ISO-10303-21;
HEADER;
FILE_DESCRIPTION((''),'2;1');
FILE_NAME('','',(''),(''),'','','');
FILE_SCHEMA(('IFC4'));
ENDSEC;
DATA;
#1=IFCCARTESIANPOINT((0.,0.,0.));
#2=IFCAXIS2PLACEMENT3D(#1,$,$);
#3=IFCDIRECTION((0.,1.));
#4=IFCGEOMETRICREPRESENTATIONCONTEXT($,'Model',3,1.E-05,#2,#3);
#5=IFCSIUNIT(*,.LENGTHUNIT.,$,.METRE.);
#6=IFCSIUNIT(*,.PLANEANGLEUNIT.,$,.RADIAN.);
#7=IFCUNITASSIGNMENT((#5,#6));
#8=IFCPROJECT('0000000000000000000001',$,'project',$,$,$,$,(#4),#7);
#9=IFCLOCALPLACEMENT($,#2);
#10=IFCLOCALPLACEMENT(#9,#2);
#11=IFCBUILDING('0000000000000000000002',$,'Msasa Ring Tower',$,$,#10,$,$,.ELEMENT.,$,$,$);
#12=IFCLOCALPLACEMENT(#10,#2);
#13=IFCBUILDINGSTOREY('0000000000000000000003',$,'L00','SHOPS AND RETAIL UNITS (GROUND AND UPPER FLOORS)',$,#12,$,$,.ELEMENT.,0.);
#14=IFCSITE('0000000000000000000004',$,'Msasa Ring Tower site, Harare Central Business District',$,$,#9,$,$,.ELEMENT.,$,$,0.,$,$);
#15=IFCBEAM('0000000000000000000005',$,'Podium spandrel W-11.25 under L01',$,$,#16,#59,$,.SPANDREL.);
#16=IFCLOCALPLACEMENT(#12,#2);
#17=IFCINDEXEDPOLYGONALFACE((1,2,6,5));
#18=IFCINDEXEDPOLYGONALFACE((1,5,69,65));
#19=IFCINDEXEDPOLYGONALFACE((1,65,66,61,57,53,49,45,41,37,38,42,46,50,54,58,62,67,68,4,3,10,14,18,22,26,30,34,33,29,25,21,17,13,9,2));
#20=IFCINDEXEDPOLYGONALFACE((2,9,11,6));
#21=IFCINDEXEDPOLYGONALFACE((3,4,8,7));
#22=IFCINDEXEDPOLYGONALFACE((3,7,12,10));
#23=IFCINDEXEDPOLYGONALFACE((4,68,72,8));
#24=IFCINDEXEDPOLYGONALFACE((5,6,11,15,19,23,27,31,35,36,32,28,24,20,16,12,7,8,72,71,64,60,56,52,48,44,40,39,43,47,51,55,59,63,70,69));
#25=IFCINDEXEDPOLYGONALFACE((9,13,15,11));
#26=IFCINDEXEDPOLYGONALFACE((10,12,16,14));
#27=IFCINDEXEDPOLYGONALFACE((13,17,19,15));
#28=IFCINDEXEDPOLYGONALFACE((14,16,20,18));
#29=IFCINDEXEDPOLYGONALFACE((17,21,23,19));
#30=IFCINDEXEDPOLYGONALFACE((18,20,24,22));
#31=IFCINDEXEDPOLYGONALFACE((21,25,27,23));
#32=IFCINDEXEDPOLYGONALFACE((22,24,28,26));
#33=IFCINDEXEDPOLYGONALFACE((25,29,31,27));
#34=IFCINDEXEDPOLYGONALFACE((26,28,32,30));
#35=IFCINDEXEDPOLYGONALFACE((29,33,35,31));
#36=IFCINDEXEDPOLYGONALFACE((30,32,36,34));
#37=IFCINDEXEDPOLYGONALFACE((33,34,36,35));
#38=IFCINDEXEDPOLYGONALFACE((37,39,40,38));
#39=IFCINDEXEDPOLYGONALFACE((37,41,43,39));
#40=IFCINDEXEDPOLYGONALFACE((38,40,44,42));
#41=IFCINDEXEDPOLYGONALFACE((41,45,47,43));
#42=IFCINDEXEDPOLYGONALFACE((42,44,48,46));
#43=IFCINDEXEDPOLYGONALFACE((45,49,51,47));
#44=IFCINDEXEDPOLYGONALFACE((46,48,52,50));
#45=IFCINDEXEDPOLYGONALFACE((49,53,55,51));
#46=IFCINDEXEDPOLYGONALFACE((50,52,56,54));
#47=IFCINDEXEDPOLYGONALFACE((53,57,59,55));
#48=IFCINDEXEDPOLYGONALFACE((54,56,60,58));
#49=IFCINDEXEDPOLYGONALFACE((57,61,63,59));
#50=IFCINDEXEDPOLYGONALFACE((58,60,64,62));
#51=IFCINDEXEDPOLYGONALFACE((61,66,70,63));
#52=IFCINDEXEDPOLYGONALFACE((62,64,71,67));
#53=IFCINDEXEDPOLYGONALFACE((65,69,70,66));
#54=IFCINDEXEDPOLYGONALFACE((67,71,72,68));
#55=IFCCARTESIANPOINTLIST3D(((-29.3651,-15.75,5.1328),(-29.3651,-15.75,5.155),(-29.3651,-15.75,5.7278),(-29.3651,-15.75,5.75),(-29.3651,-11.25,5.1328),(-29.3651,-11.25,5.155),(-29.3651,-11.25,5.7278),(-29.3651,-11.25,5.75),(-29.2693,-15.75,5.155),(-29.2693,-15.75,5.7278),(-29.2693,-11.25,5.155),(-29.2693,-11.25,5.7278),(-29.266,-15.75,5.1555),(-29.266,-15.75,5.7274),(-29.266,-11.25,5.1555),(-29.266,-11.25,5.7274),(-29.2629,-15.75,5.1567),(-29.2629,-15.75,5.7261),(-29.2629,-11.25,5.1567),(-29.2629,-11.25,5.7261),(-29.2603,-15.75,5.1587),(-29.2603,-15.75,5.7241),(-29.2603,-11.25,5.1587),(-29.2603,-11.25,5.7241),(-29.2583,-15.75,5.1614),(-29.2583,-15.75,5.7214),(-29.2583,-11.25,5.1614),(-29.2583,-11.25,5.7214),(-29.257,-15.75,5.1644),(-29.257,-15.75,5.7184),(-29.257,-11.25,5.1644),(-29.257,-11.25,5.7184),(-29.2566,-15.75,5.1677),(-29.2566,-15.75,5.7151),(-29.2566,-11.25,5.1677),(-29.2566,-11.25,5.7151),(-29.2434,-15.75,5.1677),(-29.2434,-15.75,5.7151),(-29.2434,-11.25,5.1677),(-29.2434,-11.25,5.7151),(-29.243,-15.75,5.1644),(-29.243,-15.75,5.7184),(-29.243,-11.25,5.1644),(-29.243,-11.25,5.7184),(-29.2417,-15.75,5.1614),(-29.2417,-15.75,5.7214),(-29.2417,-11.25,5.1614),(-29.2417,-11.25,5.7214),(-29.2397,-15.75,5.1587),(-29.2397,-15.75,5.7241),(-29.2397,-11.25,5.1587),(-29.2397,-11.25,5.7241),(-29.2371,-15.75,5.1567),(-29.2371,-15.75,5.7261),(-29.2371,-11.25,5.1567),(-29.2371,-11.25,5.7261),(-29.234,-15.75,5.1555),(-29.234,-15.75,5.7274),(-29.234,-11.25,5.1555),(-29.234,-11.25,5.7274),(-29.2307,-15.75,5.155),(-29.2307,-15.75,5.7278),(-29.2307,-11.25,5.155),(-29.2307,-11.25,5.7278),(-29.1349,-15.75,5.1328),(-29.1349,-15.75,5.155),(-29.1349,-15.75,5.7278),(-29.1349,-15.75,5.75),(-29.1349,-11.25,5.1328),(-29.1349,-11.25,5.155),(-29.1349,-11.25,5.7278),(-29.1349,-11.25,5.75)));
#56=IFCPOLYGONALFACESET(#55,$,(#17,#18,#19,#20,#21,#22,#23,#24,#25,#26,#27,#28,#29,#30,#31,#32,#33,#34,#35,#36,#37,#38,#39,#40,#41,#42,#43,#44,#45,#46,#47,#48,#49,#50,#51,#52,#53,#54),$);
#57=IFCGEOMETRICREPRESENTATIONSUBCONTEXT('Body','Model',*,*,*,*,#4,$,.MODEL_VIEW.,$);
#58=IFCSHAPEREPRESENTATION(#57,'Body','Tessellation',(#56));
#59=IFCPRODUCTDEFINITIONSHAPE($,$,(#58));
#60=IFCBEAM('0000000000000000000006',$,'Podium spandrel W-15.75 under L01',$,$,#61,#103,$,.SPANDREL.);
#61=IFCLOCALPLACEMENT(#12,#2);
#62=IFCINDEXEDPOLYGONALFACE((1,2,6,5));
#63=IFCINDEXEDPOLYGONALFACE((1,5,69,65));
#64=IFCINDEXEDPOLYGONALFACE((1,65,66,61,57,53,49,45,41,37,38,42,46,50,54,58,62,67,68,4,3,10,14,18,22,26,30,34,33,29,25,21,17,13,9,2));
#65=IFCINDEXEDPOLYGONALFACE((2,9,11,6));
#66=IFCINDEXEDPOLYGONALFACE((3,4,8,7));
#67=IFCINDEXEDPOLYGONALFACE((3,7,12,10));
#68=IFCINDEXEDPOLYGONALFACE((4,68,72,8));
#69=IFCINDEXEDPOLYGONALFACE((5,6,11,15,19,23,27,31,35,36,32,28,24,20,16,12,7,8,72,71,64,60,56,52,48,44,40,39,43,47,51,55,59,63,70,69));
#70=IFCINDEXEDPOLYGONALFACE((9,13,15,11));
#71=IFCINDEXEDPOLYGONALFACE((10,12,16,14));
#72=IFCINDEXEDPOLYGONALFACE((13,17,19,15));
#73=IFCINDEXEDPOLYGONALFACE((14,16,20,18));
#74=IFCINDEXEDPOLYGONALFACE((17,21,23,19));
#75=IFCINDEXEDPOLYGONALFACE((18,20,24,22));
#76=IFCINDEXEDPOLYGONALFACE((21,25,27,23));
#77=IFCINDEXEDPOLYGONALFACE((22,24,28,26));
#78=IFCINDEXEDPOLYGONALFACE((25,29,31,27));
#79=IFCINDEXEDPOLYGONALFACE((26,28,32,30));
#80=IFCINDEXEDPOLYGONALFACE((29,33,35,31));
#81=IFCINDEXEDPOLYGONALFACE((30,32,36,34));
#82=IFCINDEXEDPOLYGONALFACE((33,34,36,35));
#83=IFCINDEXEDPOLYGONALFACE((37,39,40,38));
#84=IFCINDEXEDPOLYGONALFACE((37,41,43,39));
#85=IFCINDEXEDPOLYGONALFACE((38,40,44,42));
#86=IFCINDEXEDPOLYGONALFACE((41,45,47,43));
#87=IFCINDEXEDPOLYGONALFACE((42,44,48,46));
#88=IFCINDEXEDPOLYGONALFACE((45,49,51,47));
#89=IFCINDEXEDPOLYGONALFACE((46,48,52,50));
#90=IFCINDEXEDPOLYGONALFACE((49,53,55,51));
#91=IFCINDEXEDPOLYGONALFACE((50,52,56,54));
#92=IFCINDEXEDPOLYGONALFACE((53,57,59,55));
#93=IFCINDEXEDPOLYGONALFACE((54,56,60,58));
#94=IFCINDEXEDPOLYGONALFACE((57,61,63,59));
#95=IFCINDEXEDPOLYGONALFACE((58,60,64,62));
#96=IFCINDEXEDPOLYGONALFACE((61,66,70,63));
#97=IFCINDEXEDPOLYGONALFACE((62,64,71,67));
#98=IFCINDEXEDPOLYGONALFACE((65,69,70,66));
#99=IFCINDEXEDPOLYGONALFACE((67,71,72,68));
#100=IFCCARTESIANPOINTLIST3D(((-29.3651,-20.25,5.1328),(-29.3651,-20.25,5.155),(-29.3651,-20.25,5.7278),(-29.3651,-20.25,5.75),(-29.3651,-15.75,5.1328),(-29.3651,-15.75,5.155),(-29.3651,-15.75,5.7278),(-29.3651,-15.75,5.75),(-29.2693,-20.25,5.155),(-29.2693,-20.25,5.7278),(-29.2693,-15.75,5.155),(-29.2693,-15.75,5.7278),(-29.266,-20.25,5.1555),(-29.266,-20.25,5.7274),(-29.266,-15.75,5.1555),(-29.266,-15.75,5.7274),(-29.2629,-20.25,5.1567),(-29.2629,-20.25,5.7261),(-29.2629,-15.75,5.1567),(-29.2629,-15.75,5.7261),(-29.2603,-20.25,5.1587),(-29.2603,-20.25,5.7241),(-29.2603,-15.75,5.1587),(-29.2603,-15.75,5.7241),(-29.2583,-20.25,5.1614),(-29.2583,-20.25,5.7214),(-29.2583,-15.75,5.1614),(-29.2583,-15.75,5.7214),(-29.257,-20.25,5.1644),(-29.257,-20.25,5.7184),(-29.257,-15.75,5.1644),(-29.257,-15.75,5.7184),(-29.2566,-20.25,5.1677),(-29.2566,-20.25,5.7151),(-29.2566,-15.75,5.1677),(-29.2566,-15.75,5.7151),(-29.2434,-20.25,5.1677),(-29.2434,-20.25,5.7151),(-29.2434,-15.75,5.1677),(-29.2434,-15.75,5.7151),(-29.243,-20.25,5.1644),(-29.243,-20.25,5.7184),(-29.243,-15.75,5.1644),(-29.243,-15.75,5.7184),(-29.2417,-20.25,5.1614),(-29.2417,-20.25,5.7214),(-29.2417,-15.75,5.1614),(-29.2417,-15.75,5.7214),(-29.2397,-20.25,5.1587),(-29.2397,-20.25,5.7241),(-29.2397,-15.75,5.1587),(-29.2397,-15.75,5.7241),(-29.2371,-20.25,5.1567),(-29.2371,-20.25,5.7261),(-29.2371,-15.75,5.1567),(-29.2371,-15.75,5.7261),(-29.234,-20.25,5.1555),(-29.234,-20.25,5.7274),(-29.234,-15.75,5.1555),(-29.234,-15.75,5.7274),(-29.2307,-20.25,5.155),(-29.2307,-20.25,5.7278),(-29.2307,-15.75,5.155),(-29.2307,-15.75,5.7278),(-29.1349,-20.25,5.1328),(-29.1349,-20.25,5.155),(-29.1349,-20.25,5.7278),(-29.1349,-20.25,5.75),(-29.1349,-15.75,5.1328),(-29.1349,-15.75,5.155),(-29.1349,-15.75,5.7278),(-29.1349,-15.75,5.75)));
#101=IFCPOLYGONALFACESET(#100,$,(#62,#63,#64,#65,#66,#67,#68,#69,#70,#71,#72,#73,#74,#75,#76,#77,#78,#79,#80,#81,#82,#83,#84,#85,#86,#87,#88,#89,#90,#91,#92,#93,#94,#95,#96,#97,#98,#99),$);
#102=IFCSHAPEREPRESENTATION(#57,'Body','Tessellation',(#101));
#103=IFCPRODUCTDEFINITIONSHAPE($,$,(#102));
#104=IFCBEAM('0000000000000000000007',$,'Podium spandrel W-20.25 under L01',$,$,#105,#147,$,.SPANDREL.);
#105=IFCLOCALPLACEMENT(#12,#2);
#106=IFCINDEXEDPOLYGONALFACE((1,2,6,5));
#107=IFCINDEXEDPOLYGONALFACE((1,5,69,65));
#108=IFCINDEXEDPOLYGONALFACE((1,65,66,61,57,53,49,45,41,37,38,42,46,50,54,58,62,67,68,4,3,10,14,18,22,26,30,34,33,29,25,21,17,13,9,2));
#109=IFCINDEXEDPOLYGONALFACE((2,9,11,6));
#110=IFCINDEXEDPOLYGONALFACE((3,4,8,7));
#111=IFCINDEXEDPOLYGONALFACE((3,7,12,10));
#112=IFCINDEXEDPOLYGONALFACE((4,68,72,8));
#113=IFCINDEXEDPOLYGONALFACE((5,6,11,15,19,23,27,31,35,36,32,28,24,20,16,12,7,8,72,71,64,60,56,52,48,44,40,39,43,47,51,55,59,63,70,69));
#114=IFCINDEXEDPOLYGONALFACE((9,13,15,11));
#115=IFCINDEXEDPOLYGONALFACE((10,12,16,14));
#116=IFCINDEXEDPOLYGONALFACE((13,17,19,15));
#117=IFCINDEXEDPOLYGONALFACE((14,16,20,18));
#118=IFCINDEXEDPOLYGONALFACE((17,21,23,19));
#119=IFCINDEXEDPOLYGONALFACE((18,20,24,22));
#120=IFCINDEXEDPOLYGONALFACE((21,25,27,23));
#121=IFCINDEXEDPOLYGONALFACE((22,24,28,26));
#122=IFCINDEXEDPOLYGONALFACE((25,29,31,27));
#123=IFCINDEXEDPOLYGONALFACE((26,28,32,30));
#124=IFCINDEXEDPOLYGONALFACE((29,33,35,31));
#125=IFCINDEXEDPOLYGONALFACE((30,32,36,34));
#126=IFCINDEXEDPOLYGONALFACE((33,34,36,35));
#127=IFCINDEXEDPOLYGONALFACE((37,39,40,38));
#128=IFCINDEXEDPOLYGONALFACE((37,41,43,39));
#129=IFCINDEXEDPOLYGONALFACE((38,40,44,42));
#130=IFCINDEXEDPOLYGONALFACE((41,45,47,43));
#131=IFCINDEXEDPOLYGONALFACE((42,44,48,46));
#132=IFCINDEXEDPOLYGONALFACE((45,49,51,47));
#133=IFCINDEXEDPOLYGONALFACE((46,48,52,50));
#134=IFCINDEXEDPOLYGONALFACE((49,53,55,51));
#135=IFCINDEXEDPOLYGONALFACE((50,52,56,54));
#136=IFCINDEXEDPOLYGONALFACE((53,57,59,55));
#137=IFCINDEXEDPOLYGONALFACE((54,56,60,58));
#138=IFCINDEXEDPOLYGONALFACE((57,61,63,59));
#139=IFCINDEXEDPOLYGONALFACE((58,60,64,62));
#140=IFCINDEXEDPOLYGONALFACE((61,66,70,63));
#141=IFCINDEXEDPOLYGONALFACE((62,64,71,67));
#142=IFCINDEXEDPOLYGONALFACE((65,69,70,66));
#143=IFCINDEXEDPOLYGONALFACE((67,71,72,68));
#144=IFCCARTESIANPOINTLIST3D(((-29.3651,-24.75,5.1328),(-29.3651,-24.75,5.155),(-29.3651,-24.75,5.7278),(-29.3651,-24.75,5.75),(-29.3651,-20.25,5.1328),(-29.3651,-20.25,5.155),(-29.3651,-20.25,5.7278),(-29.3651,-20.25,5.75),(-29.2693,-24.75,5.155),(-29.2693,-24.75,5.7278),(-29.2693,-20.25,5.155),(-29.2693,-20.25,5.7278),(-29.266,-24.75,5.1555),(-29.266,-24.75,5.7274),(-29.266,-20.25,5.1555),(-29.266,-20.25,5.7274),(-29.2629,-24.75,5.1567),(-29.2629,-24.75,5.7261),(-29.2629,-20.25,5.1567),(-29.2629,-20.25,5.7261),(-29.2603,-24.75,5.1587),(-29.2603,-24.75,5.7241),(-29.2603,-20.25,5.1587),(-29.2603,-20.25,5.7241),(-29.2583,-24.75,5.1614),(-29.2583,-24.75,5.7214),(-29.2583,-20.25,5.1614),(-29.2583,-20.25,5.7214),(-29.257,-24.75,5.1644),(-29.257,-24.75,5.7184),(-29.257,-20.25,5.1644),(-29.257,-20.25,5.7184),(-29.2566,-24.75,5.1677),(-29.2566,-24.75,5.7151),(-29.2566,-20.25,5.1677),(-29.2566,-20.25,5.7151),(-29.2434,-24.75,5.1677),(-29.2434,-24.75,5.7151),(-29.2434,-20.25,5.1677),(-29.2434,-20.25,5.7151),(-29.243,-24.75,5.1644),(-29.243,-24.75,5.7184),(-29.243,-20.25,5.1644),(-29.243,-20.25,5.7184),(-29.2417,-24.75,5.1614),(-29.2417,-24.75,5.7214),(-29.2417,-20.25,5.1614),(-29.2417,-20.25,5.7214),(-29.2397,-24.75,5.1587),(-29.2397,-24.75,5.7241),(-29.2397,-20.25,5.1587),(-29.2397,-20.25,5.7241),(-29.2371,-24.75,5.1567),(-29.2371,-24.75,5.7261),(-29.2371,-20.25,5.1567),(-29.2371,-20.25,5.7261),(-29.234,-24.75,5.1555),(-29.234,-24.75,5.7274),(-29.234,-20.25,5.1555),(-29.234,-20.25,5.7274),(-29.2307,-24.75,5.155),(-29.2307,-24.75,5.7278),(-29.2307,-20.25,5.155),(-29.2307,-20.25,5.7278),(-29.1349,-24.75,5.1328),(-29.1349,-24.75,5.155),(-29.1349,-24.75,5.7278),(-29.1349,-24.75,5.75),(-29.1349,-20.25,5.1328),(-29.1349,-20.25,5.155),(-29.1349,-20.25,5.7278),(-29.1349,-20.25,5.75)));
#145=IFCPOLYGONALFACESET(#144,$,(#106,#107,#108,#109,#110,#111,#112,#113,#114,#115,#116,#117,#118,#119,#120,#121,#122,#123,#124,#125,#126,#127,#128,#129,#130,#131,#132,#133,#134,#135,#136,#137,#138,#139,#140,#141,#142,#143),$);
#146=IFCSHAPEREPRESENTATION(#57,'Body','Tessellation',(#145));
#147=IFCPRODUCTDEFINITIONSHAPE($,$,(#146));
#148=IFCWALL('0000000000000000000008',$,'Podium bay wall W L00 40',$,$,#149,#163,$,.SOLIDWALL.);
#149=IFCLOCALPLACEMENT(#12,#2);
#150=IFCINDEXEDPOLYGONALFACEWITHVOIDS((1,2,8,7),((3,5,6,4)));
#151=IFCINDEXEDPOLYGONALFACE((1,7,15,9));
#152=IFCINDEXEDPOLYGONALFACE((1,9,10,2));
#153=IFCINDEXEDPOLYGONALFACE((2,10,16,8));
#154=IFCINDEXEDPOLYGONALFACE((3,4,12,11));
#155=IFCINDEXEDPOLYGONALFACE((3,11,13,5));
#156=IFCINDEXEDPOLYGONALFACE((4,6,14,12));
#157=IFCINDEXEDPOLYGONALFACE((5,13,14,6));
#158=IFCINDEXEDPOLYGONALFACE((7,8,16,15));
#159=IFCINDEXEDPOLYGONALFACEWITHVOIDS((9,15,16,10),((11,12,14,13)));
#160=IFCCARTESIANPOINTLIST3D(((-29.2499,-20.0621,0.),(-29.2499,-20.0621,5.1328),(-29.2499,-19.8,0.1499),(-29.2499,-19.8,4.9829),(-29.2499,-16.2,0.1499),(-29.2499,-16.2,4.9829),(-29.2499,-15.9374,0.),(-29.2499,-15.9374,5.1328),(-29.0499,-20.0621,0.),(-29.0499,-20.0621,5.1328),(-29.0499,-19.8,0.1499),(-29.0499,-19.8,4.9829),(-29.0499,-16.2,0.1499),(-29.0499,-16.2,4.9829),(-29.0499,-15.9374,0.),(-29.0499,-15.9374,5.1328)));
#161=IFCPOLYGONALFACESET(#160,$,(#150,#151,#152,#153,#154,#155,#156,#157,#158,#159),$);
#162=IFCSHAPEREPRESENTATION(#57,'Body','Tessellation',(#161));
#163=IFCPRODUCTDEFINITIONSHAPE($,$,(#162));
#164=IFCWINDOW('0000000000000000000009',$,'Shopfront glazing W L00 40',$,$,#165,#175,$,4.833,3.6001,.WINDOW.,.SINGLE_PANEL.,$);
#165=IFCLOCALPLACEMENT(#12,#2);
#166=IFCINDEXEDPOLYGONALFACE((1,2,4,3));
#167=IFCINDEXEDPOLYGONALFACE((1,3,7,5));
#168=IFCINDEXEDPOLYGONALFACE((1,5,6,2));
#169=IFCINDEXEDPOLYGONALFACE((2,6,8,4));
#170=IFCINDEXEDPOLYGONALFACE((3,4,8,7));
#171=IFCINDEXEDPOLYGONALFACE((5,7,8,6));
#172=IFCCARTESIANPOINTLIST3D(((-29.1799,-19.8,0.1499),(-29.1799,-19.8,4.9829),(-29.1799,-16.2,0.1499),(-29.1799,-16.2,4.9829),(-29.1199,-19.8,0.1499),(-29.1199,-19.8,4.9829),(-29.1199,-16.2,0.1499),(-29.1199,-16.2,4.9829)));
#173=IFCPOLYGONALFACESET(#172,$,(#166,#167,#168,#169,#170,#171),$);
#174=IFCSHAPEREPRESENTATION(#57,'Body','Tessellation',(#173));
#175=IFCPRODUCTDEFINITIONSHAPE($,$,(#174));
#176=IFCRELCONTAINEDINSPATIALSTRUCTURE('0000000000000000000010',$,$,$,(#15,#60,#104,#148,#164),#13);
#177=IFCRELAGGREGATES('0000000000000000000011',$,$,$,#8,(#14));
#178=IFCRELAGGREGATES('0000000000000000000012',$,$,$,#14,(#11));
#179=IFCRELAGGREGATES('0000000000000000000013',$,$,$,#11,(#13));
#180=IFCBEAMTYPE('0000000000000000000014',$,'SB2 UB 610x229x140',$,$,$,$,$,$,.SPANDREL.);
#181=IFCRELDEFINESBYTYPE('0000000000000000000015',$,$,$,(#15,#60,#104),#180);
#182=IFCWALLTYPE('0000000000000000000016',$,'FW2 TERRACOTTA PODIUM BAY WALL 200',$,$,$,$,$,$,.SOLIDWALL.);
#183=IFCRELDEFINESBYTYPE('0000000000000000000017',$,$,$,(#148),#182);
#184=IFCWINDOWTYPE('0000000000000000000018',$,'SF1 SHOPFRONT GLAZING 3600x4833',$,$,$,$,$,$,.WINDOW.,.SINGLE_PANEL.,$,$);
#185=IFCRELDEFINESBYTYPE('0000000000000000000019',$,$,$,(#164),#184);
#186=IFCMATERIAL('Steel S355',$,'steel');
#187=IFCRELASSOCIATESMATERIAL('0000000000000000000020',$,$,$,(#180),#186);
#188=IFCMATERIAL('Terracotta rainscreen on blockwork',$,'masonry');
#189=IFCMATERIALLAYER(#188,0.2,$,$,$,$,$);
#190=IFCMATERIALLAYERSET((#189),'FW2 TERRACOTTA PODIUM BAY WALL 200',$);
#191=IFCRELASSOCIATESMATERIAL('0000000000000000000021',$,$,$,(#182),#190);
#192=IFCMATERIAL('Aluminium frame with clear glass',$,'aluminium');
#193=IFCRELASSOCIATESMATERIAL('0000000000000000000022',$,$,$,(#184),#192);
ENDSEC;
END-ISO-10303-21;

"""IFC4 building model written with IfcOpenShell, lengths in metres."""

from ifc_helpers import new_model, si_unit, direction, frame, frame_2d, origin, origin_2d, place, context, subcontext, project, spatial, rectangle, i_section, extrude, material, layer, layer_set, material_profile, profile_set, type_object, element, fill, save


model = new_model("IFC4")

# Units and contexts
model_context = context("Model", 3, precision=1e-05, world=origin(), true_north=direction((0.0, 1.0)))
body_context = subcontext(model_context, "Body", "Model", "MODEL_VIEW")
ifc_project = project(units=[si_unit("LENGTHUNIT", "METRE"), si_unit("PLANEANGLEUNIT", "RADIAN")], contexts=[model_context])

# Site, building, storey
site_placement = place(None, origin())
site = spatial("IfcSite", under=ifc_project, at=site_placement, Name="Msasa Ring Tower site, Harare Central Business District", CompositionType="ELEMENT", RefElevation=0.0)
building_placement = place(site_placement, origin())
building = spatial("IfcBuilding", under=site, at=building_placement, Name="Msasa Ring Tower", CompositionType="ELEMENT")
storey_placement = place(building_placement, origin())
storey = spatial("IfcBuildingStorey", under=building, at=storey_placement, Name="L00", Description="SHOPS AND RETAIL UNITS (GROUND AND UPPER FLOORS)", CompositionType="ELEMENT", Elevation=0.0)

# Beams
ifc_material_1 = material(Name="Steel S355", Category="steel")
ifc_material_profile_1 = material_profile(ifc_material_1, i_section(OverallWidth=0.2302, OverallDepth=0.6172, WebThickness=0.0132, FlangeThickness=0.0222, FilletRadius=0.0127, at=origin_2d()), Name="UB 610x229x140")
ifc_profile_set_1 = profile_set([ifc_material_profile_1], Name="Steel S355")
beam_type_1 = type_object("IfcBeamType", Name="SB2 UB 610x229x140", PredefinedType="SPANDREL", material=ifc_profile_set_1)
for number, where, z_axis, x_axis, name in (
    (1, (-29.25, -11.25, 5.4414), (0.0, -1.0, 0.0), (1.0, 0.0, 0.0), "Podium spandrel W-11.25 under L01"),
    (2, (-29.25, -15.75, 5.4414), (0.0, -1.0, 0.0), (1.0, 0.0, 0.0), "Podium spandrel W-15.75 under L01"),
    (3, (-29.25, -20.25, 5.4414), (0.0, -1.0, 0.0), (1.0, 0.0, 0.0), "Podium spandrel W-20.25 under L01"),
):
    element("IfcBeam", number, at=place(storey_placement, frame(where, z_axis=z_axis, x_axis=x_axis)), inside=storey, type_object=beam_type_1, Name=name, PredefinedType="SPANDREL", context=body_context, shape_type="SweptSolid", body=[
        extrude(i_section(OverallWidth=0.2302, OverallDepth=0.6172, WebThickness=0.0132, FlangeThickness=0.0222, FilletRadius=0.0127, at=origin_2d()), origin(), (0.0, 0.0, 1.0), 4.5),
    ])

# Wall, opening, window
ifc_material_2 = material(Name="Terracotta rainscreen on blockwork", Category="masonry")
ifc_layer_1 = layer(ifc_material_2, 0.2)
ifc_layer_set_1 = layer_set([ifc_layer_1], Name="FW2 TERRACOTTA PODIUM BAY WALL 200")
wall_type_1 = type_object("IfcWallType", Name="FW2 TERRACOTTA PODIUM BAY WALL 200", PredefinedType="SOLIDWALL", material=ifc_layer_set_1)
wall_1_placement = place(storey_placement, frame((-29.1499, -20.0623, 0.0), z_axis=(0.0, 0.0, 1.0), x_axis=(0.0, 1.0, 0.0)))
wall_1 = element("IfcWall", 4, at=wall_1_placement, inside=storey, type_object=wall_type_1, Name="Podium bay wall W L00 40", PredefinedType="SOLIDWALL", context=body_context, shape_type="SweptSolid", body=[
    extrude(rectangle(XDim=4.1248, YDim=0.2, at=frame_2d((2.0625, 0.0))), origin(), (0.0, 0.0, 1.0), 5.1328),
])
opening_1_placement = place(wall_1_placement, frame((0.2622, 0.0, 0.1499)))
opening_1 = element("IfcOpeningElement", 5, at=opening_1_placement, cuts=wall_1, PredefinedType="OPENING", context=body_context, shape_type="SweptSolid", body=[
    extrude(rectangle(XDim=3.6001, YDim=4.833, at=frame_2d((1.8, 2.4165))), frame((0.0, 0.1099, 0.0), z_axis=(0.0, -1.0, 0.0), x_axis=(1.0, 0.0, 0.0)), (0.0, 0.0, 1.0), 0.22),
])
ifc_material_3 = material(Name="Aluminium frame with clear glass", Category="aluminium")
window_type = type_object("IfcWindowType", Name="SF1 SHOPFRONT GLAZING 3600x4833", PartitioningType="SINGLE_PANEL", PredefinedType="WINDOW", material=ifc_material_3)
window_1_placement = place(opening_1_placement, origin())
window_1 = element("IfcWindow", 6, at=window_1_placement, inside=storey, type_object=window_type, Name="Shopfront glazing W L00 40", OverallHeight=4.833, OverallWidth=3.6001, PartitioningType="SINGLE_PANEL", PredefinedType="WINDOW", context=body_context, shape_type="SweptSolid", body=[
    extrude(rectangle(XDim=3.6001, YDim=4.833, at=frame_2d((1.8, 2.4165))), frame((0.0, 0.03, 0.0), z_axis=(0.0, -1.0, 0.0), x_axis=(1.0, 0.0, 0.0)), (0.0, 0.0, 1.0), 0.0601),
])
fill(opening_1, window_1)

save(model, "model.ifc")
